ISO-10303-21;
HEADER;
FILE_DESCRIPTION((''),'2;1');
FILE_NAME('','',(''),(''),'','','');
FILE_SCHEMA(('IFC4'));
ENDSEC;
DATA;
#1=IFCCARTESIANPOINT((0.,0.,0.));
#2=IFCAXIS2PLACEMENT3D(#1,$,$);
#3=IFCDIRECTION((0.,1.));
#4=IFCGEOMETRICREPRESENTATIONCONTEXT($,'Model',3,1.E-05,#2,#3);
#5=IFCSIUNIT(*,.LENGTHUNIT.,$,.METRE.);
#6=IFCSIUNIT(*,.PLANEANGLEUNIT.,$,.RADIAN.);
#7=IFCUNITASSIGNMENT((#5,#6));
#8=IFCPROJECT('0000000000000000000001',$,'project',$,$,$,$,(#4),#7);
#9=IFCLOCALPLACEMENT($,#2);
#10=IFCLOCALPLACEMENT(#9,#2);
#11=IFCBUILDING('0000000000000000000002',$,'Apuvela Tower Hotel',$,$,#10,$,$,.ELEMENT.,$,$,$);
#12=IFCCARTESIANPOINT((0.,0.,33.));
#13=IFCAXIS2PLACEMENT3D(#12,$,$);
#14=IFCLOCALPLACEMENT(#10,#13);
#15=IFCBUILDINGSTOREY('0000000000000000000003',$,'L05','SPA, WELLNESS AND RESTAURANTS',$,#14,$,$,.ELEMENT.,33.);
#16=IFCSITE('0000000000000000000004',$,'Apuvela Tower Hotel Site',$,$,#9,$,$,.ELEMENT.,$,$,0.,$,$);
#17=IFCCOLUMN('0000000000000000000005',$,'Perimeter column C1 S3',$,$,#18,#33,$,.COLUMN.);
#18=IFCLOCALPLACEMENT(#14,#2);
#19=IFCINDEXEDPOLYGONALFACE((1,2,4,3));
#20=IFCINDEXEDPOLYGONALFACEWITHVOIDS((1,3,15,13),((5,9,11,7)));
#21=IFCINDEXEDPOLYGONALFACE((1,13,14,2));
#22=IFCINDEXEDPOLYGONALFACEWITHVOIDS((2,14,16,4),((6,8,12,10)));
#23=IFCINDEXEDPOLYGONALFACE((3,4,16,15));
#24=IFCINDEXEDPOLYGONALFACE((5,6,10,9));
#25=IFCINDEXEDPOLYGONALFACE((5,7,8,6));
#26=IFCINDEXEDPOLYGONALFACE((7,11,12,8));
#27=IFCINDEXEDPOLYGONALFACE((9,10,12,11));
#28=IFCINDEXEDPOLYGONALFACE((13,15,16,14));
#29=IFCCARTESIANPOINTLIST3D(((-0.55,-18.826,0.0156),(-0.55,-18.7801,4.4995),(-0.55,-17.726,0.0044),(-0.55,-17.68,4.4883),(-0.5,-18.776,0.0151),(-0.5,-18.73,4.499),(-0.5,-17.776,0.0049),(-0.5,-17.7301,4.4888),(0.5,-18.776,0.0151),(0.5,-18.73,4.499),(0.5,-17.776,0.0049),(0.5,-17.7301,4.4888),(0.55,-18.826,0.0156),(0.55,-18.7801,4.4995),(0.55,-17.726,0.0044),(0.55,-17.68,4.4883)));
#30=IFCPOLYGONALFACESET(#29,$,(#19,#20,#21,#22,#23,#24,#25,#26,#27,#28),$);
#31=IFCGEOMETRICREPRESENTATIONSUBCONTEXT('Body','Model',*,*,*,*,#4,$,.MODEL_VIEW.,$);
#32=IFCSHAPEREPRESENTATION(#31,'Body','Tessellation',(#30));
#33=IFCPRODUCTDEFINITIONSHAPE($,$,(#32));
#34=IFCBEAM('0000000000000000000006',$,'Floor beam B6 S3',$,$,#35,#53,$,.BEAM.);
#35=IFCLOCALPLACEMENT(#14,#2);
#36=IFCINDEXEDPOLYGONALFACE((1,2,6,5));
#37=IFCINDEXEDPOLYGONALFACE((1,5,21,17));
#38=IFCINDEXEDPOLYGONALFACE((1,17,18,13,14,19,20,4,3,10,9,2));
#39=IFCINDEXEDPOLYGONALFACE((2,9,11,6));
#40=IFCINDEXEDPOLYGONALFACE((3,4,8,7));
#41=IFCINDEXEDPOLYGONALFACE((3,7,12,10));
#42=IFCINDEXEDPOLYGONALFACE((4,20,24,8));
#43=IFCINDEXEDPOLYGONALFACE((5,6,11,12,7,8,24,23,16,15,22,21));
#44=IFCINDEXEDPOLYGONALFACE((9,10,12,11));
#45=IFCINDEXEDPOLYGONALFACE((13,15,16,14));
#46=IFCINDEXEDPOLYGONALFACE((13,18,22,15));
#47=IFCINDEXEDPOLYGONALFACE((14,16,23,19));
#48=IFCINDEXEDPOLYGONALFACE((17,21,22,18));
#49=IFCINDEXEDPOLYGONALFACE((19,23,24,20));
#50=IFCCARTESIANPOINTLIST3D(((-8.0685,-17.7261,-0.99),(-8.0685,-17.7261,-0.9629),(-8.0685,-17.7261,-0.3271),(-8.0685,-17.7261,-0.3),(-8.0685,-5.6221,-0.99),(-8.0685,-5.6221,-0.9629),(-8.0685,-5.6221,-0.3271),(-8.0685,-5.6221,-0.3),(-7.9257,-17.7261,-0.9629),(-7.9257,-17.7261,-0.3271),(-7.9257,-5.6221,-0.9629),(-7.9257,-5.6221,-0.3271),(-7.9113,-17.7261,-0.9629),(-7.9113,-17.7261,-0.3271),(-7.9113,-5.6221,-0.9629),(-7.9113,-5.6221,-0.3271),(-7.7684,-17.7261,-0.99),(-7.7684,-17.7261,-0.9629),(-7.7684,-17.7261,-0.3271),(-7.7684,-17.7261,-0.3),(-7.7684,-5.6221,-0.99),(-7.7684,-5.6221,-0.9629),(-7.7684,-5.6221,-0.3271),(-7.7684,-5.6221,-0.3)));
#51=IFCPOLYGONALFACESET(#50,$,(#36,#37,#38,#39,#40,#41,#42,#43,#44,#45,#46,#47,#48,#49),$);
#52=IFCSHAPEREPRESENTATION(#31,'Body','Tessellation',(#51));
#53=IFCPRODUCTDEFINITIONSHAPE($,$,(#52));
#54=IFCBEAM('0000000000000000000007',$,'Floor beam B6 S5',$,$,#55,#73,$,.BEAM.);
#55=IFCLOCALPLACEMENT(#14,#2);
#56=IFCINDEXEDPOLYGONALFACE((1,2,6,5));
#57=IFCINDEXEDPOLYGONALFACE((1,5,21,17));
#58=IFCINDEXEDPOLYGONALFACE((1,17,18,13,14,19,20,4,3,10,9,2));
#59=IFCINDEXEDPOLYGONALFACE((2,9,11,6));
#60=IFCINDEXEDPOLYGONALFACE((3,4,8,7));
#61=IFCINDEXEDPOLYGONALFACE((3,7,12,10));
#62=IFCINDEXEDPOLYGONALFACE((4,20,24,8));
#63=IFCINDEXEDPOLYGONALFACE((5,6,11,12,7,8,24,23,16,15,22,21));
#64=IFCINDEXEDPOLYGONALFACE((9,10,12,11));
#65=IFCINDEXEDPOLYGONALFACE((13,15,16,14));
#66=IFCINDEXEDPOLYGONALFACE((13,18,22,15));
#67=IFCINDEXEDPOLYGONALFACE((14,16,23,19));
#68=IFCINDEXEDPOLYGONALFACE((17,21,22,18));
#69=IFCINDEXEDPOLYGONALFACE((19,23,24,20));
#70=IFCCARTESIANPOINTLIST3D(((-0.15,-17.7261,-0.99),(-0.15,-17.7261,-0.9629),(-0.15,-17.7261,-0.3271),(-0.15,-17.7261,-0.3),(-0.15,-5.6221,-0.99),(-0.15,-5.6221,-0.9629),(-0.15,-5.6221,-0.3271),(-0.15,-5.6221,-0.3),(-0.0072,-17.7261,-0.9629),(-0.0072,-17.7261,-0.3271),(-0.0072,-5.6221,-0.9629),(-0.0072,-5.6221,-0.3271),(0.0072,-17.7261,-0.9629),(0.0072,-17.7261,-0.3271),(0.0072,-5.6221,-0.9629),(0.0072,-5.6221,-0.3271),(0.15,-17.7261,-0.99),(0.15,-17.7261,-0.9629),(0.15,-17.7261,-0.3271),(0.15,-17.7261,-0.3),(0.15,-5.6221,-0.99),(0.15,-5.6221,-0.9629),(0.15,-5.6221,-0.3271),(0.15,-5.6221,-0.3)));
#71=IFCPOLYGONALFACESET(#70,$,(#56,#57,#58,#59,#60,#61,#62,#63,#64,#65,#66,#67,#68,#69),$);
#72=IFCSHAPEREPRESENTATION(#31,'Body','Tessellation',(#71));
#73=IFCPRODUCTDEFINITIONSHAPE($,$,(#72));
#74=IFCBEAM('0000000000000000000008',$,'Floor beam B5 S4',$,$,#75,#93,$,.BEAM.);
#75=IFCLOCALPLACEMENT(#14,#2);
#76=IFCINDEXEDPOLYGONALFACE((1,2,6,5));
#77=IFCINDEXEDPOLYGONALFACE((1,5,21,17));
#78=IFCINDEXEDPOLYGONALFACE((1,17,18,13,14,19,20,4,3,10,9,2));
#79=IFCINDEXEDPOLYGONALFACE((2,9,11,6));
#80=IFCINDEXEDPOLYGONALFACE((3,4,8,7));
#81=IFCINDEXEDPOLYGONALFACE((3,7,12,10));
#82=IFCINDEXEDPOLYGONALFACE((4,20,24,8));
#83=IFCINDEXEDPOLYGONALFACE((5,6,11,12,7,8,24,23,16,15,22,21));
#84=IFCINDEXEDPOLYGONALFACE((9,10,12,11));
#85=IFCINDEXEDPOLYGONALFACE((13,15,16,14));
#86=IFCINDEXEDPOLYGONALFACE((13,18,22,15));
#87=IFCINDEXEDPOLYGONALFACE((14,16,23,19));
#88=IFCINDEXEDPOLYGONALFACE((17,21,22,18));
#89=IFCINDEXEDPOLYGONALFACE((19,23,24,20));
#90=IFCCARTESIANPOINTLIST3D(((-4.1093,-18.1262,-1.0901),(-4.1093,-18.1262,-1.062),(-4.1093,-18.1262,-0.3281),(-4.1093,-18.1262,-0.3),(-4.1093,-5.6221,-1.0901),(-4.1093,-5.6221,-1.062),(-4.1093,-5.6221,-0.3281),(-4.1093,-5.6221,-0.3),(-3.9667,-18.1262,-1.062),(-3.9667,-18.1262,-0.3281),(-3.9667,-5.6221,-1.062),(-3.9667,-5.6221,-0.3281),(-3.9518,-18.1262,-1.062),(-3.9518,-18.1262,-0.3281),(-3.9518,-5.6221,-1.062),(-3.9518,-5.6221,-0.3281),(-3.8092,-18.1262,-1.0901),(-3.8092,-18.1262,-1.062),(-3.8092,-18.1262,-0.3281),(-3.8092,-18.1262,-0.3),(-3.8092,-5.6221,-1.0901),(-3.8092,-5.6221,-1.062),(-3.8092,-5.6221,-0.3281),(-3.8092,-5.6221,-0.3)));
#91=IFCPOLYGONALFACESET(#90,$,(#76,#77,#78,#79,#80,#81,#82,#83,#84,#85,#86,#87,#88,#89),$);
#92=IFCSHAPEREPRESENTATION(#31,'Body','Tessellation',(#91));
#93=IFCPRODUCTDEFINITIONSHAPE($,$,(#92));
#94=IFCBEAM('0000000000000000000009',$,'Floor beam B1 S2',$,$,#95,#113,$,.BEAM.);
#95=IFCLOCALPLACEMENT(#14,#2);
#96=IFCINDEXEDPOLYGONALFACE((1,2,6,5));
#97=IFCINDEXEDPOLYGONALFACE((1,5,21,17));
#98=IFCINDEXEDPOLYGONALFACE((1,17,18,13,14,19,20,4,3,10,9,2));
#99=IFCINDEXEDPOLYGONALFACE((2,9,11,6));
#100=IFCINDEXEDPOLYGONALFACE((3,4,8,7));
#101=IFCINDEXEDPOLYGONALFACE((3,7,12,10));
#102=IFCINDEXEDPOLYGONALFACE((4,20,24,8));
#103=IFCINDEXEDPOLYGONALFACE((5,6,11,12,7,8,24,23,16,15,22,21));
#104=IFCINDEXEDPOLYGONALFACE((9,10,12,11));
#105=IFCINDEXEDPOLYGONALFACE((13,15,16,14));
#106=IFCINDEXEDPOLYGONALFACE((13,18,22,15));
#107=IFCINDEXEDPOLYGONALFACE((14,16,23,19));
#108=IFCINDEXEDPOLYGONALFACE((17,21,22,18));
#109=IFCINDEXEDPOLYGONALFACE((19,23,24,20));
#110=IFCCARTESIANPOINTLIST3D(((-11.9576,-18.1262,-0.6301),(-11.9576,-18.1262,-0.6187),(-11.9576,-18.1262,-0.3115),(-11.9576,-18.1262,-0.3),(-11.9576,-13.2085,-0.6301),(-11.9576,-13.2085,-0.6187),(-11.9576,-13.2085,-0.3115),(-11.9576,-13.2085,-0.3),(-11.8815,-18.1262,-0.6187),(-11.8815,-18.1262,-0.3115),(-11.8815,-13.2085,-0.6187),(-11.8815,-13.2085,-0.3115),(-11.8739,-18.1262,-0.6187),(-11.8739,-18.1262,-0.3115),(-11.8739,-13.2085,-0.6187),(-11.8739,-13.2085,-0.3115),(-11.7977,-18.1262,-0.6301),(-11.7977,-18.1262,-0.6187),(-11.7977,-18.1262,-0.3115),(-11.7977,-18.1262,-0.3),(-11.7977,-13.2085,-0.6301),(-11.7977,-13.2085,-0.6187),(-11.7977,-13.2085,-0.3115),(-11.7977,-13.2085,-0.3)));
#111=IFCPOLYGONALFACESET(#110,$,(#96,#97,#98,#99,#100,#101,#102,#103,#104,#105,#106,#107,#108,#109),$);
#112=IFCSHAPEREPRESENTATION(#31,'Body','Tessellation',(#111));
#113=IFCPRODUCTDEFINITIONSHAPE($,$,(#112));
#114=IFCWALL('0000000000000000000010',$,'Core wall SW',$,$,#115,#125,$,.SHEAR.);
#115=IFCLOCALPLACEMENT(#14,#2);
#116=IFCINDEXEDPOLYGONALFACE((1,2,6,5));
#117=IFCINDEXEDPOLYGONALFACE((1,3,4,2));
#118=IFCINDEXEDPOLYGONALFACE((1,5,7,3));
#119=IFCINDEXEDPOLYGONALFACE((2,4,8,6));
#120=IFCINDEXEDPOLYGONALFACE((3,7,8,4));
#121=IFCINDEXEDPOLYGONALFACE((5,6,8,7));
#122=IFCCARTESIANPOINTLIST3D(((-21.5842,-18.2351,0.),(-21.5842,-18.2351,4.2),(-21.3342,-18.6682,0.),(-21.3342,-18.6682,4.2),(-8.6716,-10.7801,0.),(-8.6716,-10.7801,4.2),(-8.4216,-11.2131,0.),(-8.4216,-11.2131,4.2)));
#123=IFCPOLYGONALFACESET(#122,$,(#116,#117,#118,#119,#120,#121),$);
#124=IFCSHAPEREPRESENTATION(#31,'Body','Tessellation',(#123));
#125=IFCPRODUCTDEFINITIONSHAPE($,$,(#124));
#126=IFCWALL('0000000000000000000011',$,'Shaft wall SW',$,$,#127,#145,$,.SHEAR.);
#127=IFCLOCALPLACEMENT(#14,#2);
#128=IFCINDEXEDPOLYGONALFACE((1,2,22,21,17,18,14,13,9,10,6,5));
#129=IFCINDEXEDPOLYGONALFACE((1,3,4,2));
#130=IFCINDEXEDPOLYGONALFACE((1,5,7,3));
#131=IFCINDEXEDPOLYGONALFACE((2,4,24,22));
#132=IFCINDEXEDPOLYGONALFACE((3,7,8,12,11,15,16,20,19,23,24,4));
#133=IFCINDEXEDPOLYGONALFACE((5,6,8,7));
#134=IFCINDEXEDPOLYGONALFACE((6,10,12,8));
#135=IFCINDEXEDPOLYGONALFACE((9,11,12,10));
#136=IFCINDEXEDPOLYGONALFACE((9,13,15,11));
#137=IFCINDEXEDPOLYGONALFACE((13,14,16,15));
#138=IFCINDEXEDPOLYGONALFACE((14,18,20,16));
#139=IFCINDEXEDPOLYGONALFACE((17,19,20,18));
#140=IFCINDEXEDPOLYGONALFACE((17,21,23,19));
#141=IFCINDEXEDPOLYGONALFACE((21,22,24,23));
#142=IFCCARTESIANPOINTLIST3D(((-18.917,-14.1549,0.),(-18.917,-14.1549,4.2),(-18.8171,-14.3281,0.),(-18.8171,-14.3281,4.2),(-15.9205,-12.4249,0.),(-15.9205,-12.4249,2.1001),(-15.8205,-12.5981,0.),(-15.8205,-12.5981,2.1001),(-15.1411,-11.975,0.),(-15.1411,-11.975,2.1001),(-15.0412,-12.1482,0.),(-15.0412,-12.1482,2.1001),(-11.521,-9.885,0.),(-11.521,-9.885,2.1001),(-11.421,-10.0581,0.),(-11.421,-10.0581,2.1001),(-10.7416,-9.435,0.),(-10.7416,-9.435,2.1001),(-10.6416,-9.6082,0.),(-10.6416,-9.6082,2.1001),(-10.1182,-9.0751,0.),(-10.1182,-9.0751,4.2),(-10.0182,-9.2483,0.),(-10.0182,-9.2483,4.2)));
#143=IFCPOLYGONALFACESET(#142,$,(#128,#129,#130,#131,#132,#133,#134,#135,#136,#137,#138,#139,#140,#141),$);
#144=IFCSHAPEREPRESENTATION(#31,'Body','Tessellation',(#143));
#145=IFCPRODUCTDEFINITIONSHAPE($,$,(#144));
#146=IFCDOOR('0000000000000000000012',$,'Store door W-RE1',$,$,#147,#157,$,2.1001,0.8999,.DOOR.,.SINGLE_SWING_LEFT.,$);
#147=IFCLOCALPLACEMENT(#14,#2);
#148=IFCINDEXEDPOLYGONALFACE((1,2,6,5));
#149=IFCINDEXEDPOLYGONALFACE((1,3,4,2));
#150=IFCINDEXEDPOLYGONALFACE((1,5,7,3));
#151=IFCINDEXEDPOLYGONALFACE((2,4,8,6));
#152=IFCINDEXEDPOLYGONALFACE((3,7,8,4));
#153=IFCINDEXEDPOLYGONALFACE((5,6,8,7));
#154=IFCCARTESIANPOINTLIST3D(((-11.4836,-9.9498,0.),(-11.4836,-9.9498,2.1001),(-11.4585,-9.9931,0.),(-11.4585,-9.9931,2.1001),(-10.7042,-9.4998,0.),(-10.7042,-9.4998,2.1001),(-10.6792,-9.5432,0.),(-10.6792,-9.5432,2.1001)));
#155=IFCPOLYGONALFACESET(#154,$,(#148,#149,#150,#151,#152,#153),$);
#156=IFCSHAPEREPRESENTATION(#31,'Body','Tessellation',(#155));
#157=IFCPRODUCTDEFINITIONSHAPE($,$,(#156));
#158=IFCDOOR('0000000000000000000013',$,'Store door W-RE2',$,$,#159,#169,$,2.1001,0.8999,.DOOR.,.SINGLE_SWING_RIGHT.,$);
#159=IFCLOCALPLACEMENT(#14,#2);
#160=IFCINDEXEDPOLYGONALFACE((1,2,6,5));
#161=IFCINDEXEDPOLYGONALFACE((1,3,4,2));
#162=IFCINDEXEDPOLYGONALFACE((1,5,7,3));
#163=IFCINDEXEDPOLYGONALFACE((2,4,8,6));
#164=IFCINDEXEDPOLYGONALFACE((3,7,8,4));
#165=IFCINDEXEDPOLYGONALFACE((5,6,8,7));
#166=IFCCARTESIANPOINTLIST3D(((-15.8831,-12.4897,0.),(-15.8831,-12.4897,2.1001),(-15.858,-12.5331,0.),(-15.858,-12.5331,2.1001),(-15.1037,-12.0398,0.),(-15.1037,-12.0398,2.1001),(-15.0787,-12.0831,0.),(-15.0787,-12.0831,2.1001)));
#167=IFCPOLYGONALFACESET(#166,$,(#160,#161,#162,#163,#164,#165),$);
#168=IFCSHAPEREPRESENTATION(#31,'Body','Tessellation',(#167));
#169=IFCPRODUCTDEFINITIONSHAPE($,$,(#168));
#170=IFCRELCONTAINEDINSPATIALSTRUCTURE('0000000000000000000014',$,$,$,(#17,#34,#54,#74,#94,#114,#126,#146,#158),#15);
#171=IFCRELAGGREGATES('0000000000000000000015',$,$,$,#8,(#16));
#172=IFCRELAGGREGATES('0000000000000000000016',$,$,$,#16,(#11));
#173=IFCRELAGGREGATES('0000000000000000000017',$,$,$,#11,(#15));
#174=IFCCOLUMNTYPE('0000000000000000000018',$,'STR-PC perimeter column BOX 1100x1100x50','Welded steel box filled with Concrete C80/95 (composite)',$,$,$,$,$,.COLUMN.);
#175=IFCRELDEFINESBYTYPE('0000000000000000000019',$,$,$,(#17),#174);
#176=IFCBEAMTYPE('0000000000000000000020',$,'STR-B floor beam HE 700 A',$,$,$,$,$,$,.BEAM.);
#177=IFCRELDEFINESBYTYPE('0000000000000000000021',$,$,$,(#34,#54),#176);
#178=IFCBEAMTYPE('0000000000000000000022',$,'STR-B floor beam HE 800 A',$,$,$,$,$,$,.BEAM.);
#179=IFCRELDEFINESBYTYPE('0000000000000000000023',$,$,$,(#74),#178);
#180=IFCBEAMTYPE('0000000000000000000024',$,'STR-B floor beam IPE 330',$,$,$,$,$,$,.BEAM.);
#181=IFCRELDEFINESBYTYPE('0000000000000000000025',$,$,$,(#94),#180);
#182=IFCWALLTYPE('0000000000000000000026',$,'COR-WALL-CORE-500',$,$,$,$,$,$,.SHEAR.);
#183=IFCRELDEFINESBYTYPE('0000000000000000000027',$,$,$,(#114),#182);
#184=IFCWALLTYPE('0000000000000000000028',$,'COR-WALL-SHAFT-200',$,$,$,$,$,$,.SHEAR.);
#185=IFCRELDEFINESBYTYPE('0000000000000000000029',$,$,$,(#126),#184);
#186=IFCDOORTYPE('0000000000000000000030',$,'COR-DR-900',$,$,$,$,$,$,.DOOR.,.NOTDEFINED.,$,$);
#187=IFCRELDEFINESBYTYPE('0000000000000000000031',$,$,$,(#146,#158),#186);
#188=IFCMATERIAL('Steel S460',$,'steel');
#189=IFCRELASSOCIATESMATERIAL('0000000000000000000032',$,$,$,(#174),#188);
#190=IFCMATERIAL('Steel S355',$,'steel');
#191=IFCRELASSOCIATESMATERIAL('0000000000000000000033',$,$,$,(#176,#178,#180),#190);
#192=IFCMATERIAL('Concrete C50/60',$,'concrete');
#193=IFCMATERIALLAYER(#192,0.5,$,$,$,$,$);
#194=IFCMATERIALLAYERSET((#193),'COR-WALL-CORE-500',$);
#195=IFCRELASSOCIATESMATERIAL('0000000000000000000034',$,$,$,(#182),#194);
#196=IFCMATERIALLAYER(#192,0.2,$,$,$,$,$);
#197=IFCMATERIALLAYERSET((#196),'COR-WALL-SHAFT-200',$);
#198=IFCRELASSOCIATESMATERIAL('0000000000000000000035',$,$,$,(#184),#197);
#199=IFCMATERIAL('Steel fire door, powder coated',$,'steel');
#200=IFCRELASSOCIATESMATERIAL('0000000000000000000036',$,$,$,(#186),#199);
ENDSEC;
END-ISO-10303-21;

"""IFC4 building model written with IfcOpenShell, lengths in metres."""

from ifc_helpers import new_model, si_unit, direction, frame, frame_2d, origin, origin_2d, place, context, subcontext, project, spatial, rectangle, hollow_rectangle, i_section, extrude, boolean, halfspace, material, layer, layer_set, material_profile, profile_set, type_object, element, fill, save


model = new_model("IFC4")

# Units and contexts
model_context = context("Model", 3, precision=1e-05, world=origin(), true_north=direction((0.0, 1.0)))
body_context = subcontext(model_context, "Body", "Model", "MODEL_VIEW")
ifc_project = project(units=[si_unit("LENGTHUNIT", "METRE"), si_unit("PLANEANGLEUNIT", "RADIAN")], contexts=[model_context])

# Site, building, storey
site_placement = place(None, origin())
site = spatial("IfcSite", under=ifc_project, at=site_placement, Name="Apuvela Tower Hotel Site", CompositionType="ELEMENT", RefElevation=0.0)
building_placement = place(site_placement, origin())
building = spatial("IfcBuilding", under=site, at=building_placement, Name="Apuvela Tower Hotel", CompositionType="ELEMENT")
storey_placement = place(building_placement, frame((0.0, 0.0, 33.0)))
storey = spatial("IfcBuildingStorey", under=building, at=storey_placement, Name="L05", Description="SPA, WELLNESS AND RESTAURANTS", CompositionType="ELEMENT", Elevation=33.0)

# Column
ifc_material_1 = material(Name="Steel S460", Category="steel")
ifc_material_profile_1 = material_profile(ifc_material_1, hollow_rectangle(XDim=1.1001, YDim=1.1001, WallThickness=0.05, at=origin_2d()), Name="BOX 1100x1100x50")
ifc_material_2 = material(Name="Concrete C80/95", Category="concrete")
ifc_material_profile_2 = material_profile(ifc_material_2, rectangle(XDim=1.0, YDim=1.0, at=origin_2d()), Name="Concrete C80/95 infill")
ifc_profile_set_1 = profile_set([ifc_material_profile_1, ifc_material_profile_2], Name="Steel S460")
column_type = type_object("IfcColumnType", Name="STR-PC perimeter column BOX 1100x1100x50", Description="Welded steel box filled with Concrete C80/95 (composite)", PredefinedType="COLUMN", material=ifc_profile_set_1)
column_placement = place(storey_placement, frame((0.0, -18.2761, 0.0), z_axis=(0.0, 0.010253, 0.999947), x_axis=(-1.0, 0.0, 0.0)))
element("IfcColumn", 1, at=column_placement, inside=storey, type_object=column_type, Name="Perimeter column C1 S3", PredefinedType="COLUMN", context=body_context, shape_type="SweptSolid", body=[
    boolean("DIFFERENCE", boolean("DIFFERENCE", extrude(hollow_rectangle(XDim=1.1001, YDim=1.1001, WallThickness=0.05, at=origin_2d()), origin(), (0.0, 0.0, 1.0), 4.5002), halfspace(frame((0.0, 0.0, 0.01), z_axis=(0.0, 0.0, 1.0), x_axis=(1.0, 0.0, 0.0)), True)), halfspace(frame((0.0, 0.0, 4.4941), z_axis=(0.0, 0.0, 1.0), x_axis=(1.0, 0.0, 0.0)), False)),
])

# Beams
ifc_material_3 = material(Name="Steel S355", Category="steel")
ifc_material_profile_3 = material_profile(ifc_material_3, i_section(OverallWidth=0.3, OverallDepth=0.6899, WebThickness=0.0144, FlangeThickness=0.0271, at=origin_2d()), Name="HE 700 A")
ifc_profile_set_2 = profile_set([ifc_material_profile_3], Name="Steel S355")
beam_type_1 = type_object("IfcBeamType", Name="STR-B floor beam HE 700 A", PredefinedType="BEAM", material=ifc_profile_set_2)
for number, where, z_axis, x_axis, name in (
    (2, (-7.9185, -17.7261, -0.645), (0.0, 1.0, 0.0), (-1.0, 0.0, 0.0), "Floor beam B6 S3"),
    (3, (0.0, -17.7261, -0.645), (0.0, 1.0, 0.0), (-1.0, 0.0, 0.0), "Floor beam B6 S5"),
):
    element("IfcBeam", number, at=place(storey_placement, frame(where, z_axis=z_axis, x_axis=x_axis)), inside=storey, type_object=beam_type_1, Name=name, PredefinedType="BEAM", context=body_context, shape_type="SweptSolid", body=[
        extrude(i_section(OverallWidth=0.3, OverallDepth=0.6899, WebThickness=0.0144, FlangeThickness=0.0271, at=origin_2d()), origin(), (0.0, 0.0, 1.0), 12.104),
    ])
ifc_material_profile_4 = material_profile(ifc_material_3, i_section(OverallWidth=0.3, OverallDepth=0.79, WebThickness=0.0149, FlangeThickness=0.0281, at=origin_2d()), Name="HE 800 A")
ifc_profile_set_3 = profile_set([ifc_material_profile_4], Name="Steel S355")
beam_type_2 = type_object("IfcBeamType", Name="STR-B floor beam HE 800 A", PredefinedType="BEAM", material=ifc_profile_set_3)
beam_1_placement = place(storey_placement, frame((-3.9592, -18.1262, -0.6951), z_axis=(0.0, 1.0, 0.0), x_axis=(-1.0, 0.0, 0.0)))
element("IfcBeam", 4, at=beam_1_placement, inside=storey, type_object=beam_type_2, Name="Floor beam B5 S4", PredefinedType="BEAM", context=body_context, shape_type="SweptSolid", body=[
    extrude(i_section(OverallWidth=0.3, OverallDepth=0.79, WebThickness=0.0149, FlangeThickness=0.0281, at=origin_2d()), origin(), (0.0, 0.0, 1.0), 12.5042),
])
ifc_material_profile_5 = material_profile(ifc_material_3, i_section(OverallWidth=0.1599, OverallDepth=0.3301, WebThickness=0.0076, FlangeThickness=0.0115, at=origin_2d()), Name="IPE 330")
ifc_profile_set_4 = profile_set([ifc_material_profile_5], Name="Steel S355")
beam_type_3 = type_object("IfcBeamType", Name="STR-B floor beam IPE 330", PredefinedType="BEAM", material=ifc_profile_set_4)
beam_2_placement = place(storey_placement, frame((-11.8777, -18.1262, -0.4651), z_axis=(0.0, 1.0, 0.0), x_axis=(-1.0, 0.0, 0.0)))
element("IfcBeam", 5, at=beam_2_placement, inside=storey, type_object=beam_type_3, Name="Floor beam B1 S2", PredefinedType="BEAM", context=body_context, shape_type="SweptSolid", body=[
    extrude(i_section(OverallWidth=0.1599, OverallDepth=0.3301, WebThickness=0.0076, FlangeThickness=0.0115, at=origin_2d()), origin(), (0.0, 0.0, 1.0), 4.9177),
])

# Wall
ifc_material_4 = material(Name="Concrete C50/60", Category="concrete")
ifc_layer_1 = layer(ifc_material_4, 0.5)
ifc_layer_set_1 = layer_set([ifc_layer_1], Name="COR-WALL-CORE-500")
wall_type_1 = type_object("IfcWallType", Name="COR-WALL-CORE-500", PredefinedType="SHEAR", material=ifc_layer_set_1)
wall_1_placement = place(storey_placement, frame((-8.5466, -10.9966, 0.0), z_axis=(0.0, 0.0, 1.0), x_axis=(-0.866026, -0.499999, 0.0)))
element("IfcWall", 6, at=wall_1_placement, inside=storey, type_object=wall_type_1, Name="Core wall SW", PredefinedType="SHEAR", context=body_context, shape_type="SweptSolid", body=[
    extrude(rectangle(XDim=14.9102, YDim=0.5, at=frame_2d((7.4551, 0.0))), origin(), (0.0, 0.0, 1.0), 4.2),
])

# Wall, openings, doors
ifc_layer_2 = layer(ifc_material_4, 0.2)
ifc_layer_set_2 = layer_set([ifc_layer_2], Name="COR-WALL-SHAFT-200")
wall_type_2 = type_object("IfcWallType", Name="COR-WALL-SHAFT-200", PredefinedType="SHEAR", material=ifc_layer_set_2)
wall_2_placement = place(storey_placement, frame((-10.0681, -9.1616, 0.0), z_axis=(0.0, 0.0, 1.0), x_axis=(-0.866033, -0.499987, 0.0)))
wall_2 = element("IfcWall", 7, at=wall_2_placement, inside=storey, type_object=wall_type_2, Name="Shaft wall SW", PredefinedType="SHEAR", context=body_context, shape_type="SweptSolid", body=[
    extrude(rectangle(XDim=10.1599, YDim=0.2, at=frame_2d((5.0801, 0.0))), origin(), (0.0, 0.0, 1.0), 4.2),
])
opening_1_placement = place(wall_2_placement, frame((0.72, 0.0, 0.0)))
opening_1 = element("IfcOpeningElement", 8, at=opening_1_placement, cuts=wall_2, PredefinedType="OPENING", context=body_context, shape_type="SweptSolid", body=[
    extrude(rectangle(XDim=0.8999, YDim=2.1001, at=frame_2d((0.45, 1.05))), frame((0.0, 0.1099, 0.0), z_axis=(0.0, -1.0, 0.0), x_axis=(1.0, 0.0, 0.0)), (0.0, 0.0, 1.0), 0.22),
])
opening_2_placement = place(wall_2_placement, frame((5.8, 0.0, 0.0)))
opening_2 = element("IfcOpeningElement", 9, at=opening_2_placement, cuts=wall_2, PredefinedType="OPENING", context=body_context, shape_type="SweptSolid", body=[
    extrude(rectangle(XDim=0.8999, YDim=2.1001, at=frame_2d((0.45, 1.05))), frame((0.0, 0.1099, 0.0), z_axis=(0.0, -1.0, 0.0), x_axis=(1.0, 0.0, 0.0)), (0.0, 0.0, 1.0), 0.22),
])
ifc_material_5 = material(Name="Steel fire door, powder coated", Category="steel")
door_type_1 = type_object("IfcDoorType", Name="COR-DR-900", OperationType="NOTDEFINED", PredefinedType="DOOR", material=ifc_material_5)
door_1_placement = place(opening_1_placement, origin())
door_1 = element("IfcDoor", 10, at=door_1_placement, inside=storey, type_object=door_type_1, Name="Store door W-RE1", OperationType="SINGLE_SWING_LEFT", OverallHeight=2.1001, OverallWidth=0.8999, PredefinedType="DOOR", context=body_context, shape_type="SweptSolid", body=[
    extrude(rectangle(XDim=0.8999, YDim=2.1001, at=frame_2d((0.45, 1.05))), frame((0.0, 0.0249, 0.0), z_axis=(0.0, -1.0, 0.0), x_axis=(1.0, 0.0, 0.0)), (0.0, 0.0, 1.0), 0.05),
])
fill(opening_1, door_1)
door_2_placement = place(opening_2_placement, origin())
door_2 = element("IfcDoor", 11, at=door_2_placement, inside=storey, type_object=door_type_1, Name="Store door W-RE2", OperationType="SINGLE_SWING_RIGHT", OverallHeight=2.1001, OverallWidth=0.8999, PredefinedType="DOOR", context=body_context, shape_type="SweptSolid", body=[
    extrude(rectangle(XDim=0.8999, YDim=2.1001, at=frame_2d((0.45, 1.05))), frame((0.0, 0.0249, 0.0), z_axis=(0.0, -1.0, 0.0), x_axis=(1.0, 0.0, 0.0)), (0.0, 0.0, 1.0), 0.05),
])
fill(opening_2, door_2)

save(model, "model.ifc")
